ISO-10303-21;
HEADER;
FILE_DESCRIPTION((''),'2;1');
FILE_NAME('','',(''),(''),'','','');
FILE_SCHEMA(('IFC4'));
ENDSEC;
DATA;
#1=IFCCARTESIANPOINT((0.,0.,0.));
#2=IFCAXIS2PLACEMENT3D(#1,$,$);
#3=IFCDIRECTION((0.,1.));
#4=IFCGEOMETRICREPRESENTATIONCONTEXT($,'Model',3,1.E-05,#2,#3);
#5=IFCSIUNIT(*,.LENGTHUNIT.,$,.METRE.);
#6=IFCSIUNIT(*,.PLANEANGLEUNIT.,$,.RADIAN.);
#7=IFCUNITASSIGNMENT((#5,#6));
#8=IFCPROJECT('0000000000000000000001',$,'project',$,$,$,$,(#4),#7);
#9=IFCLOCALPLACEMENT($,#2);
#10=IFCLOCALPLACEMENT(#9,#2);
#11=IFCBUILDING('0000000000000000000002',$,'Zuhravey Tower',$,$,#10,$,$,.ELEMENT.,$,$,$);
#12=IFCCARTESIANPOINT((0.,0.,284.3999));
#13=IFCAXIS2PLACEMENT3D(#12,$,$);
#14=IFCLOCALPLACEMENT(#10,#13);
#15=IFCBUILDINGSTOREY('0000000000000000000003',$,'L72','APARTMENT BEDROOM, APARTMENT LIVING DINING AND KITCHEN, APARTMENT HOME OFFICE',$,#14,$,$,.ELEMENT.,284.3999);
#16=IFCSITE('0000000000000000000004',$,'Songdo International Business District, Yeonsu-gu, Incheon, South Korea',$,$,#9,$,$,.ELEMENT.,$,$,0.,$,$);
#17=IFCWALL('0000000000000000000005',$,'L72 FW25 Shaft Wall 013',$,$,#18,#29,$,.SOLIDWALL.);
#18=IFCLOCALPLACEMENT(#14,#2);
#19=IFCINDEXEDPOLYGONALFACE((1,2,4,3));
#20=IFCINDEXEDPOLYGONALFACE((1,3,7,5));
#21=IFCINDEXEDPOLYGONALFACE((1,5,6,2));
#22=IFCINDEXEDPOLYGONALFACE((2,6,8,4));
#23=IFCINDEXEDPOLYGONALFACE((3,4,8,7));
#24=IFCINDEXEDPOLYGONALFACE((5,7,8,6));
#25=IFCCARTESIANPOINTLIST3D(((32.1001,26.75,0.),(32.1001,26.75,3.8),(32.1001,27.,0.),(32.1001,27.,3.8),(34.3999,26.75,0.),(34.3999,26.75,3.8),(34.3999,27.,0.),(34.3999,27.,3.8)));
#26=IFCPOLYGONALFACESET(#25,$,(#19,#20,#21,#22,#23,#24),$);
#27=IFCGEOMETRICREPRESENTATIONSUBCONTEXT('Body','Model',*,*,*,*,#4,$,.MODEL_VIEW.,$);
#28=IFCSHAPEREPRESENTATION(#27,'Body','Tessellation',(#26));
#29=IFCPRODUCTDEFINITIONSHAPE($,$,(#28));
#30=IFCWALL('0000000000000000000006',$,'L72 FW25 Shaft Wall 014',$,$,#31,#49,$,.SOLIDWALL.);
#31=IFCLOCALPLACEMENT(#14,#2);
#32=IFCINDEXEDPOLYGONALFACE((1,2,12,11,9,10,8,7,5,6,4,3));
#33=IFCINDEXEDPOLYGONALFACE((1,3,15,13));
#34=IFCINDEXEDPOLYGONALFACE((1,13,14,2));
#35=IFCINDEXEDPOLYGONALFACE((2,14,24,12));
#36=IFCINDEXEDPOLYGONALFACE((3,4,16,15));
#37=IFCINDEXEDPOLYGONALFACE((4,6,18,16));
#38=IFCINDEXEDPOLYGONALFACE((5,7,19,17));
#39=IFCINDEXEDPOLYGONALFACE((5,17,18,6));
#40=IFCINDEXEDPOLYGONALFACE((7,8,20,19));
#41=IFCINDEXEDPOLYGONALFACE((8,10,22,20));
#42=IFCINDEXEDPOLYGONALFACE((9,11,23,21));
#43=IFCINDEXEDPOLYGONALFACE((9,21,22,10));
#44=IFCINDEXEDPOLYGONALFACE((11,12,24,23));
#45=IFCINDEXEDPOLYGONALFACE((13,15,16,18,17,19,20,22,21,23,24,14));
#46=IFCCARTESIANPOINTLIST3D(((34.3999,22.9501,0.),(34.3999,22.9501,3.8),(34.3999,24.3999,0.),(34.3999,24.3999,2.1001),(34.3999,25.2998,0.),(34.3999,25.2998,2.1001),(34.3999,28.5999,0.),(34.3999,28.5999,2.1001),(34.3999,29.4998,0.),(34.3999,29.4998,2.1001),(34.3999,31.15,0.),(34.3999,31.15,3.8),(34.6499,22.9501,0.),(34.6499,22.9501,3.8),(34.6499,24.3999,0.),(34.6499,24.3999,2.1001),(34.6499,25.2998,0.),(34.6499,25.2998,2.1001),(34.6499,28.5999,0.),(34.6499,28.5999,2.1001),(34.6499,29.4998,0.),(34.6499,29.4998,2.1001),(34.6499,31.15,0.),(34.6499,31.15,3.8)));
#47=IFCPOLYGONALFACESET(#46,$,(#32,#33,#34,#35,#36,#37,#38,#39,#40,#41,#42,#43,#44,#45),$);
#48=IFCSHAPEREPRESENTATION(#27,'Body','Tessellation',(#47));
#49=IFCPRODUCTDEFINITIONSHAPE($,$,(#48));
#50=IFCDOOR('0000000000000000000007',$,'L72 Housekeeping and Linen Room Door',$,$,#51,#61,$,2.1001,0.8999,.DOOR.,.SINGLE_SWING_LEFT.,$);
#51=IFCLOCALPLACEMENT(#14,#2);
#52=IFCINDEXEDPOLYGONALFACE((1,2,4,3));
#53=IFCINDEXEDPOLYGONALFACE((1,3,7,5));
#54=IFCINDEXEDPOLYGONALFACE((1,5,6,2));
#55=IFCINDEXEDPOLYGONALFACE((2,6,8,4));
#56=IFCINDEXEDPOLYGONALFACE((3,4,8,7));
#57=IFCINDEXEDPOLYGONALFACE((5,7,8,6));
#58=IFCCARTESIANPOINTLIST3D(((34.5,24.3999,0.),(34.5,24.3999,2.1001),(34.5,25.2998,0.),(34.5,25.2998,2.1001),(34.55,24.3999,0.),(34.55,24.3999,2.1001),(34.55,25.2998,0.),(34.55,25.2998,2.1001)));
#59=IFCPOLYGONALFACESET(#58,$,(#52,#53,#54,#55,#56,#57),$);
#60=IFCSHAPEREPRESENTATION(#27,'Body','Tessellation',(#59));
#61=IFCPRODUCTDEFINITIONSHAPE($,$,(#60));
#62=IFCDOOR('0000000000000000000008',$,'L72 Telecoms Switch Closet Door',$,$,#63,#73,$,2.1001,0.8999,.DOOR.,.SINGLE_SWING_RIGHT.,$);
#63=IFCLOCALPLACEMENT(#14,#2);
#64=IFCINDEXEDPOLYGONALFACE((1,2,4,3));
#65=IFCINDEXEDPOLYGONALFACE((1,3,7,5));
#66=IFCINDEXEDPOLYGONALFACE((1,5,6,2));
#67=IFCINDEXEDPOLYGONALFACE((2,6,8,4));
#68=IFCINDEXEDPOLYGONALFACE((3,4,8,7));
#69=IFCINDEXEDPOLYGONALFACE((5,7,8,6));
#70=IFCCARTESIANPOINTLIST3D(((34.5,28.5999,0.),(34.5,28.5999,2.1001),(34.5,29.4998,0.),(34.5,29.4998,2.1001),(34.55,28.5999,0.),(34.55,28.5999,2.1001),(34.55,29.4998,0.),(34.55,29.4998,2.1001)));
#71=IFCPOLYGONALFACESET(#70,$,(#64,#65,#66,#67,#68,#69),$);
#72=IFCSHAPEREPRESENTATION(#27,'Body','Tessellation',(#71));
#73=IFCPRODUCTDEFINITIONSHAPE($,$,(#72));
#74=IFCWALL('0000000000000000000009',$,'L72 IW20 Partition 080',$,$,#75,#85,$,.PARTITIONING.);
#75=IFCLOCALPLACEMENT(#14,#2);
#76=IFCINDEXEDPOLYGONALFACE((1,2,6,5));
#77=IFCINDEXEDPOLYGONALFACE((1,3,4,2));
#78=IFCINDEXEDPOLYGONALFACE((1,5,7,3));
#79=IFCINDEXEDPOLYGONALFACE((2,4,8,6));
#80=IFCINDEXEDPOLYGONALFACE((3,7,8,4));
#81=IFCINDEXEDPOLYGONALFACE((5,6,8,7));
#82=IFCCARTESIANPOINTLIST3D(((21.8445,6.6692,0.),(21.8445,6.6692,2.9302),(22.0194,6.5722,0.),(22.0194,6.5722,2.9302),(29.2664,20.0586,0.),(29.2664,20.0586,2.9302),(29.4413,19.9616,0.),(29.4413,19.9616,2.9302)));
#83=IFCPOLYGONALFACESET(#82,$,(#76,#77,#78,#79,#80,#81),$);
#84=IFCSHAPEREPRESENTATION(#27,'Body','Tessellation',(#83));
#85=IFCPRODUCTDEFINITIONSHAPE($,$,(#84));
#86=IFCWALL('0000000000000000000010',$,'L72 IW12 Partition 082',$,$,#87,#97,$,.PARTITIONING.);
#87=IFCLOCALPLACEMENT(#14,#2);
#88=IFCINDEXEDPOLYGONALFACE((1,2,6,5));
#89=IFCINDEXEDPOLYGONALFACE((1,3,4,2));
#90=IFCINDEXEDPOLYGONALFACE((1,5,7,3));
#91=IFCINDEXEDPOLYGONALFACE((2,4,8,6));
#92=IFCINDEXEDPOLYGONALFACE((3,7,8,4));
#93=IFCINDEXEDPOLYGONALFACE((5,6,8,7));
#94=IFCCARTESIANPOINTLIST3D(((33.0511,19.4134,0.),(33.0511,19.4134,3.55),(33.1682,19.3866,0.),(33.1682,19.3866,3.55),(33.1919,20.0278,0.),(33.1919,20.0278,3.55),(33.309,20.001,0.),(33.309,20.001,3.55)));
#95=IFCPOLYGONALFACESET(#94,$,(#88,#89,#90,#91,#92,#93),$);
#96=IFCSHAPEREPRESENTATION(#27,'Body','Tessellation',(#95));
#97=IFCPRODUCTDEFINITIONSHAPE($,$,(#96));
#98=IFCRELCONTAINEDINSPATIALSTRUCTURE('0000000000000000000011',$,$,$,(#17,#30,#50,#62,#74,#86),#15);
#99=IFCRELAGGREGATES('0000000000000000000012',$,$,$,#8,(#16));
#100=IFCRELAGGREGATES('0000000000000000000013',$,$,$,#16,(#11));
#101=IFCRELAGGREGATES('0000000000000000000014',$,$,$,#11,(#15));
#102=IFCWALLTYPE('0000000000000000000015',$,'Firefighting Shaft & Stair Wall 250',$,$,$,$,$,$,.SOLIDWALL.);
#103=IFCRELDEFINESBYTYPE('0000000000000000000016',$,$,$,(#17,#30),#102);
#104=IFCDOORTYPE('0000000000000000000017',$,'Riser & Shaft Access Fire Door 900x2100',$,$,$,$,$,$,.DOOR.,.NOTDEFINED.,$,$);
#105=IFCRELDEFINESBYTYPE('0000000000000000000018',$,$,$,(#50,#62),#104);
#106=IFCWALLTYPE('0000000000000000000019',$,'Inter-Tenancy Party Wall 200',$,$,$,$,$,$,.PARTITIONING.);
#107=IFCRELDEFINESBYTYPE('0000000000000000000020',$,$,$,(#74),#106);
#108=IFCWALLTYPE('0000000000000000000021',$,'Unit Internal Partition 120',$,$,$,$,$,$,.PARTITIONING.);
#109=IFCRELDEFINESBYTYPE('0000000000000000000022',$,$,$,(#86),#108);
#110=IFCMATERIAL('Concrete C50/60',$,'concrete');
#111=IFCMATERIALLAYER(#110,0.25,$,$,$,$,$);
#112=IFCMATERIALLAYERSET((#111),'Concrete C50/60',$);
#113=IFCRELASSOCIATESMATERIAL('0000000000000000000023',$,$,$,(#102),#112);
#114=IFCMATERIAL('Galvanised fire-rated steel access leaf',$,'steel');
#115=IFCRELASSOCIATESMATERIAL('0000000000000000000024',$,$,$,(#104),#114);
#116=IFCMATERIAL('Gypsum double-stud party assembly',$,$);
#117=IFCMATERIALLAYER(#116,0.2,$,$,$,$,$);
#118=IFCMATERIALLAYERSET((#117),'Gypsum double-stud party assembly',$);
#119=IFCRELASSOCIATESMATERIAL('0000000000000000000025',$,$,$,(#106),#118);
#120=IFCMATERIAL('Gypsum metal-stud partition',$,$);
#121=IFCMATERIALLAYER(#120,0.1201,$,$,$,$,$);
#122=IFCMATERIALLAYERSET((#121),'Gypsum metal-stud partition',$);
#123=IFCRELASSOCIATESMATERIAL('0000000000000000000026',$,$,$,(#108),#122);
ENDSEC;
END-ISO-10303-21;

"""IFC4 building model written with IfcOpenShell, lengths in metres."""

from ifc_helpers import new_model, si_unit, direction, frame, frame_2d, origin, place, context, subcontext, project, spatial, rectangle, extrude, material, layer, layer_set, type_object, element, fill, save


model = new_model("IFC4")

# Units and contexts
model_context = context("Model", 3, precision=1e-05, world=origin(), true_north=direction((0.0, 1.0)))
body_context = subcontext(model_context, "Body", "Model", "MODEL_VIEW")
ifc_project = project(units=[si_unit("LENGTHUNIT", "METRE"), si_unit("PLANEANGLEUNIT", "RADIAN")], contexts=[model_context])

# Site, building, storey
site_placement = place(None, origin())
site = spatial("IfcSite", under=ifc_project, at=site_placement, Name="Songdo International Business District, Yeonsu-gu, Incheon, South Korea", CompositionType="ELEMENT", RefElevation=0.0)
building_placement = place(site_placement, origin())
building = spatial("IfcBuilding", under=site, at=building_placement, Name="Zuhravey Tower", CompositionType="ELEMENT")
storey_placement = place(building_placement, frame((0.0, 0.0, 284.3999)))
storey = spatial("IfcBuildingStorey", under=building, at=storey_placement, Name="L72", Description="APARTMENT BEDROOM, APARTMENT LIVING DINING AND KITCHEN, APARTMENT HOME OFFICE", CompositionType="ELEMENT", Elevation=284.3999)

# Shared definitions
ifc_material_1 = material(Name="Concrete C50/60", Category="concrete")
ifc_layer_1 = layer(ifc_material_1, 0.25)
ifc_layer_set_1 = layer_set([ifc_layer_1], Name="Concrete C50/60")
wall_type_1 = type_object("IfcWallType", Name="Firefighting Shaft & Stair Wall 250", PredefinedType="SOLIDWALL", material=ifc_layer_set_1)

# Shared definitions
ifc_material_2 = material(Name="Galvanised fire-rated steel access leaf", Category="steel")
door_type_1 = type_object("IfcDoorType", Name="Riser & Shaft Access Fire Door 900x2100", OperationType="NOTDEFINED", PredefinedType="DOOR", material=ifc_material_2)

# Wall
wall_1_placement = place(storey_placement, frame((32.1001, 26.875, 0.0), z_axis=(0.0, 0.0, 1.0), x_axis=(1.0, 0.0, 0.0)))
element("IfcWall", 1, at=wall_1_placement, inside=storey, type_object=wall_type_1, Name="L72 FW25 Shaft Wall 013", PredefinedType="SOLIDWALL", context=body_context, shape_type="SweptSolid", body=[
    extrude(rectangle(XDim=2.2998, YDim=0.25, at=frame_2d((1.1499, 0.0))), origin(), (0.0, 0.0, 1.0), 3.8),
])

# Wall, openings, doors
wall_2_placement = place(storey_placement, frame((34.5249, 22.95, 0.0), z_axis=(0.0, 0.0, 1.0), x_axis=(0.0, 1.0, 0.0)))
wall_2 = element("IfcWall", 2, at=wall_2_placement, inside=storey, type_object=wall_type_1, Name="L72 FW25 Shaft Wall 014", PredefinedType="SOLIDWALL", context=body_context, shape_type="SweptSolid", body=[
    extrude(rectangle(XDim=8.2, YDim=0.25, at=frame_2d((4.1001, 0.0))), origin(), (0.0, 0.0, 1.0), 3.8),
])
opening_1_placement = place(wall_2_placement, frame((1.45, 0.0, 0.0)))
opening_1 = element("IfcOpeningElement", 3, at=opening_1_placement, cuts=wall_2, PredefinedType="OPENING", context=body_context, shape_type="SweptSolid", body=[
    extrude(rectangle(XDim=0.8999, YDim=2.1001, at=frame_2d((0.45, 1.05))), frame((0.0, 0.137, 0.0), z_axis=(0.0, -1.0, 0.0), x_axis=(1.0, 0.0, 0.0)), (0.0, 0.0, 1.0), 0.2739),
])
opening_2_placement = place(wall_2_placement, frame((5.6499, 0.0, 0.0)))
opening_2 = element("IfcOpeningElement", 4, at=opening_2_placement, cuts=wall_2, PredefinedType="OPENING", context=body_context, shape_type="SweptSolid", body=[
    extrude(rectangle(XDim=0.8999, YDim=2.1001, at=frame_2d((0.45, 1.05))), frame((0.0, 0.137, 0.0), z_axis=(0.0, -1.0, 0.0), x_axis=(1.0, 0.0, 0.0)), (0.0, 0.0, 1.0), 0.2739),
])
door_1_placement = place(opening_1_placement, origin())
door_1 = element("IfcDoor", 5, at=door_1_placement, inside=storey, type_object=door_type_1, Name="L72 Housekeeping and Linen Room Door", OperationType="SINGLE_SWING_LEFT", OverallHeight=2.1001, OverallWidth=0.8999, PredefinedType="DOOR", context=body_context, shape_type="SweptSolid", body=[
    extrude(rectangle(XDim=0.8999, YDim=2.1001, at=frame_2d((0.45, 1.05))), frame((0.0, 0.0249, 0.0), z_axis=(0.0, -1.0, 0.0), x_axis=(1.0, 0.0, 0.0)), (0.0, 0.0, 1.0), 0.05),
])
fill(opening_1, door_1)
door_2_placement = place(opening_2_placement, origin())
door_2 = element("IfcDoor", 6, at=door_2_placement, inside=storey, type_object=door_type_1, Name="L72 Telecoms Switch Closet Door", OperationType="SINGLE_SWING_RIGHT", OverallHeight=2.1001, OverallWidth=0.8999, PredefinedType="DOOR", context=body_context, shape_type="SweptSolid", body=[
    extrude(rectangle(XDim=0.8999, YDim=2.1001, at=frame_2d((0.45, 1.05))), frame((0.0, 0.0249, 0.0), z_axis=(0.0, -1.0, 0.0), x_axis=(1.0, 0.0, 0.0)), (0.0, 0.0, 1.0), 0.05),
])
fill(opening_2, door_2)

# Walls
ifc_material_3 = material(Name="Gypsum double-stud party assembly")
ifc_layer_2 = layer(ifc_material_3, 0.2)
ifc_layer_set_2 = layer_set([ifc_layer_2], Name="Gypsum double-stud party assembly")
wall_type_2 = type_object("IfcWallType", Name="Inter-Tenancy Party Wall 200", PredefinedType="PARTITIONING", material=ifc_layer_set_2)
wall_3_placement = place(storey_placement, frame((29.3538, 20.01, 0.0), z_axis=(0.0, 0.0, 1.0), x_axis=(-0.48481, -0.87462, 0.0)))
element("IfcWall", 7, at=wall_3_placement, inside=storey, type_object=wall_type_2, Name="L72 IW20 Partition 080", PredefinedType="PARTITIONING", context=body_context, shape_type="SweptSolid", body=[
    extrude(rectangle(XDim=15.3088, YDim=0.2, at=frame_2d((7.6543, 0.0))), origin(), (0.0, 0.0, 1.0), 2.9302),
])
ifc_material_4 = material(Name="Gypsum metal-stud partition")
ifc_layer_3 = layer(ifc_material_4, 0.1201)
ifc_layer_set_3 = layer_set([ifc_layer_3], Name="Gypsum metal-stud partition")
wall_type_3 = type_object("IfcWallType", Name="Unit Internal Partition 120", PredefinedType="PARTITIONING", material=ifc_layer_set_3)
wall_4_placement = place(storey_placement, frame((33.2505, 20.0144, 0.0), z_axis=(0.0, 0.0, 1.0), x_axis=(-0.223445, -0.974717, 0.0)))
element("IfcWall", 8, at=wall_4_placement, inside=storey, type_object=wall_type_3, Name="L72 IW12 Partition 082", PredefinedType="PARTITIONING", context=body_context, shape_type="SweptSolid", body=[
    extrude(rectangle(XDim=0.6304, YDim=0.1201, at=frame_2d((0.3152, 0.0))), origin(), (0.0, 0.0, 1.0), 3.55),
])

save(model, "model.ifc")
